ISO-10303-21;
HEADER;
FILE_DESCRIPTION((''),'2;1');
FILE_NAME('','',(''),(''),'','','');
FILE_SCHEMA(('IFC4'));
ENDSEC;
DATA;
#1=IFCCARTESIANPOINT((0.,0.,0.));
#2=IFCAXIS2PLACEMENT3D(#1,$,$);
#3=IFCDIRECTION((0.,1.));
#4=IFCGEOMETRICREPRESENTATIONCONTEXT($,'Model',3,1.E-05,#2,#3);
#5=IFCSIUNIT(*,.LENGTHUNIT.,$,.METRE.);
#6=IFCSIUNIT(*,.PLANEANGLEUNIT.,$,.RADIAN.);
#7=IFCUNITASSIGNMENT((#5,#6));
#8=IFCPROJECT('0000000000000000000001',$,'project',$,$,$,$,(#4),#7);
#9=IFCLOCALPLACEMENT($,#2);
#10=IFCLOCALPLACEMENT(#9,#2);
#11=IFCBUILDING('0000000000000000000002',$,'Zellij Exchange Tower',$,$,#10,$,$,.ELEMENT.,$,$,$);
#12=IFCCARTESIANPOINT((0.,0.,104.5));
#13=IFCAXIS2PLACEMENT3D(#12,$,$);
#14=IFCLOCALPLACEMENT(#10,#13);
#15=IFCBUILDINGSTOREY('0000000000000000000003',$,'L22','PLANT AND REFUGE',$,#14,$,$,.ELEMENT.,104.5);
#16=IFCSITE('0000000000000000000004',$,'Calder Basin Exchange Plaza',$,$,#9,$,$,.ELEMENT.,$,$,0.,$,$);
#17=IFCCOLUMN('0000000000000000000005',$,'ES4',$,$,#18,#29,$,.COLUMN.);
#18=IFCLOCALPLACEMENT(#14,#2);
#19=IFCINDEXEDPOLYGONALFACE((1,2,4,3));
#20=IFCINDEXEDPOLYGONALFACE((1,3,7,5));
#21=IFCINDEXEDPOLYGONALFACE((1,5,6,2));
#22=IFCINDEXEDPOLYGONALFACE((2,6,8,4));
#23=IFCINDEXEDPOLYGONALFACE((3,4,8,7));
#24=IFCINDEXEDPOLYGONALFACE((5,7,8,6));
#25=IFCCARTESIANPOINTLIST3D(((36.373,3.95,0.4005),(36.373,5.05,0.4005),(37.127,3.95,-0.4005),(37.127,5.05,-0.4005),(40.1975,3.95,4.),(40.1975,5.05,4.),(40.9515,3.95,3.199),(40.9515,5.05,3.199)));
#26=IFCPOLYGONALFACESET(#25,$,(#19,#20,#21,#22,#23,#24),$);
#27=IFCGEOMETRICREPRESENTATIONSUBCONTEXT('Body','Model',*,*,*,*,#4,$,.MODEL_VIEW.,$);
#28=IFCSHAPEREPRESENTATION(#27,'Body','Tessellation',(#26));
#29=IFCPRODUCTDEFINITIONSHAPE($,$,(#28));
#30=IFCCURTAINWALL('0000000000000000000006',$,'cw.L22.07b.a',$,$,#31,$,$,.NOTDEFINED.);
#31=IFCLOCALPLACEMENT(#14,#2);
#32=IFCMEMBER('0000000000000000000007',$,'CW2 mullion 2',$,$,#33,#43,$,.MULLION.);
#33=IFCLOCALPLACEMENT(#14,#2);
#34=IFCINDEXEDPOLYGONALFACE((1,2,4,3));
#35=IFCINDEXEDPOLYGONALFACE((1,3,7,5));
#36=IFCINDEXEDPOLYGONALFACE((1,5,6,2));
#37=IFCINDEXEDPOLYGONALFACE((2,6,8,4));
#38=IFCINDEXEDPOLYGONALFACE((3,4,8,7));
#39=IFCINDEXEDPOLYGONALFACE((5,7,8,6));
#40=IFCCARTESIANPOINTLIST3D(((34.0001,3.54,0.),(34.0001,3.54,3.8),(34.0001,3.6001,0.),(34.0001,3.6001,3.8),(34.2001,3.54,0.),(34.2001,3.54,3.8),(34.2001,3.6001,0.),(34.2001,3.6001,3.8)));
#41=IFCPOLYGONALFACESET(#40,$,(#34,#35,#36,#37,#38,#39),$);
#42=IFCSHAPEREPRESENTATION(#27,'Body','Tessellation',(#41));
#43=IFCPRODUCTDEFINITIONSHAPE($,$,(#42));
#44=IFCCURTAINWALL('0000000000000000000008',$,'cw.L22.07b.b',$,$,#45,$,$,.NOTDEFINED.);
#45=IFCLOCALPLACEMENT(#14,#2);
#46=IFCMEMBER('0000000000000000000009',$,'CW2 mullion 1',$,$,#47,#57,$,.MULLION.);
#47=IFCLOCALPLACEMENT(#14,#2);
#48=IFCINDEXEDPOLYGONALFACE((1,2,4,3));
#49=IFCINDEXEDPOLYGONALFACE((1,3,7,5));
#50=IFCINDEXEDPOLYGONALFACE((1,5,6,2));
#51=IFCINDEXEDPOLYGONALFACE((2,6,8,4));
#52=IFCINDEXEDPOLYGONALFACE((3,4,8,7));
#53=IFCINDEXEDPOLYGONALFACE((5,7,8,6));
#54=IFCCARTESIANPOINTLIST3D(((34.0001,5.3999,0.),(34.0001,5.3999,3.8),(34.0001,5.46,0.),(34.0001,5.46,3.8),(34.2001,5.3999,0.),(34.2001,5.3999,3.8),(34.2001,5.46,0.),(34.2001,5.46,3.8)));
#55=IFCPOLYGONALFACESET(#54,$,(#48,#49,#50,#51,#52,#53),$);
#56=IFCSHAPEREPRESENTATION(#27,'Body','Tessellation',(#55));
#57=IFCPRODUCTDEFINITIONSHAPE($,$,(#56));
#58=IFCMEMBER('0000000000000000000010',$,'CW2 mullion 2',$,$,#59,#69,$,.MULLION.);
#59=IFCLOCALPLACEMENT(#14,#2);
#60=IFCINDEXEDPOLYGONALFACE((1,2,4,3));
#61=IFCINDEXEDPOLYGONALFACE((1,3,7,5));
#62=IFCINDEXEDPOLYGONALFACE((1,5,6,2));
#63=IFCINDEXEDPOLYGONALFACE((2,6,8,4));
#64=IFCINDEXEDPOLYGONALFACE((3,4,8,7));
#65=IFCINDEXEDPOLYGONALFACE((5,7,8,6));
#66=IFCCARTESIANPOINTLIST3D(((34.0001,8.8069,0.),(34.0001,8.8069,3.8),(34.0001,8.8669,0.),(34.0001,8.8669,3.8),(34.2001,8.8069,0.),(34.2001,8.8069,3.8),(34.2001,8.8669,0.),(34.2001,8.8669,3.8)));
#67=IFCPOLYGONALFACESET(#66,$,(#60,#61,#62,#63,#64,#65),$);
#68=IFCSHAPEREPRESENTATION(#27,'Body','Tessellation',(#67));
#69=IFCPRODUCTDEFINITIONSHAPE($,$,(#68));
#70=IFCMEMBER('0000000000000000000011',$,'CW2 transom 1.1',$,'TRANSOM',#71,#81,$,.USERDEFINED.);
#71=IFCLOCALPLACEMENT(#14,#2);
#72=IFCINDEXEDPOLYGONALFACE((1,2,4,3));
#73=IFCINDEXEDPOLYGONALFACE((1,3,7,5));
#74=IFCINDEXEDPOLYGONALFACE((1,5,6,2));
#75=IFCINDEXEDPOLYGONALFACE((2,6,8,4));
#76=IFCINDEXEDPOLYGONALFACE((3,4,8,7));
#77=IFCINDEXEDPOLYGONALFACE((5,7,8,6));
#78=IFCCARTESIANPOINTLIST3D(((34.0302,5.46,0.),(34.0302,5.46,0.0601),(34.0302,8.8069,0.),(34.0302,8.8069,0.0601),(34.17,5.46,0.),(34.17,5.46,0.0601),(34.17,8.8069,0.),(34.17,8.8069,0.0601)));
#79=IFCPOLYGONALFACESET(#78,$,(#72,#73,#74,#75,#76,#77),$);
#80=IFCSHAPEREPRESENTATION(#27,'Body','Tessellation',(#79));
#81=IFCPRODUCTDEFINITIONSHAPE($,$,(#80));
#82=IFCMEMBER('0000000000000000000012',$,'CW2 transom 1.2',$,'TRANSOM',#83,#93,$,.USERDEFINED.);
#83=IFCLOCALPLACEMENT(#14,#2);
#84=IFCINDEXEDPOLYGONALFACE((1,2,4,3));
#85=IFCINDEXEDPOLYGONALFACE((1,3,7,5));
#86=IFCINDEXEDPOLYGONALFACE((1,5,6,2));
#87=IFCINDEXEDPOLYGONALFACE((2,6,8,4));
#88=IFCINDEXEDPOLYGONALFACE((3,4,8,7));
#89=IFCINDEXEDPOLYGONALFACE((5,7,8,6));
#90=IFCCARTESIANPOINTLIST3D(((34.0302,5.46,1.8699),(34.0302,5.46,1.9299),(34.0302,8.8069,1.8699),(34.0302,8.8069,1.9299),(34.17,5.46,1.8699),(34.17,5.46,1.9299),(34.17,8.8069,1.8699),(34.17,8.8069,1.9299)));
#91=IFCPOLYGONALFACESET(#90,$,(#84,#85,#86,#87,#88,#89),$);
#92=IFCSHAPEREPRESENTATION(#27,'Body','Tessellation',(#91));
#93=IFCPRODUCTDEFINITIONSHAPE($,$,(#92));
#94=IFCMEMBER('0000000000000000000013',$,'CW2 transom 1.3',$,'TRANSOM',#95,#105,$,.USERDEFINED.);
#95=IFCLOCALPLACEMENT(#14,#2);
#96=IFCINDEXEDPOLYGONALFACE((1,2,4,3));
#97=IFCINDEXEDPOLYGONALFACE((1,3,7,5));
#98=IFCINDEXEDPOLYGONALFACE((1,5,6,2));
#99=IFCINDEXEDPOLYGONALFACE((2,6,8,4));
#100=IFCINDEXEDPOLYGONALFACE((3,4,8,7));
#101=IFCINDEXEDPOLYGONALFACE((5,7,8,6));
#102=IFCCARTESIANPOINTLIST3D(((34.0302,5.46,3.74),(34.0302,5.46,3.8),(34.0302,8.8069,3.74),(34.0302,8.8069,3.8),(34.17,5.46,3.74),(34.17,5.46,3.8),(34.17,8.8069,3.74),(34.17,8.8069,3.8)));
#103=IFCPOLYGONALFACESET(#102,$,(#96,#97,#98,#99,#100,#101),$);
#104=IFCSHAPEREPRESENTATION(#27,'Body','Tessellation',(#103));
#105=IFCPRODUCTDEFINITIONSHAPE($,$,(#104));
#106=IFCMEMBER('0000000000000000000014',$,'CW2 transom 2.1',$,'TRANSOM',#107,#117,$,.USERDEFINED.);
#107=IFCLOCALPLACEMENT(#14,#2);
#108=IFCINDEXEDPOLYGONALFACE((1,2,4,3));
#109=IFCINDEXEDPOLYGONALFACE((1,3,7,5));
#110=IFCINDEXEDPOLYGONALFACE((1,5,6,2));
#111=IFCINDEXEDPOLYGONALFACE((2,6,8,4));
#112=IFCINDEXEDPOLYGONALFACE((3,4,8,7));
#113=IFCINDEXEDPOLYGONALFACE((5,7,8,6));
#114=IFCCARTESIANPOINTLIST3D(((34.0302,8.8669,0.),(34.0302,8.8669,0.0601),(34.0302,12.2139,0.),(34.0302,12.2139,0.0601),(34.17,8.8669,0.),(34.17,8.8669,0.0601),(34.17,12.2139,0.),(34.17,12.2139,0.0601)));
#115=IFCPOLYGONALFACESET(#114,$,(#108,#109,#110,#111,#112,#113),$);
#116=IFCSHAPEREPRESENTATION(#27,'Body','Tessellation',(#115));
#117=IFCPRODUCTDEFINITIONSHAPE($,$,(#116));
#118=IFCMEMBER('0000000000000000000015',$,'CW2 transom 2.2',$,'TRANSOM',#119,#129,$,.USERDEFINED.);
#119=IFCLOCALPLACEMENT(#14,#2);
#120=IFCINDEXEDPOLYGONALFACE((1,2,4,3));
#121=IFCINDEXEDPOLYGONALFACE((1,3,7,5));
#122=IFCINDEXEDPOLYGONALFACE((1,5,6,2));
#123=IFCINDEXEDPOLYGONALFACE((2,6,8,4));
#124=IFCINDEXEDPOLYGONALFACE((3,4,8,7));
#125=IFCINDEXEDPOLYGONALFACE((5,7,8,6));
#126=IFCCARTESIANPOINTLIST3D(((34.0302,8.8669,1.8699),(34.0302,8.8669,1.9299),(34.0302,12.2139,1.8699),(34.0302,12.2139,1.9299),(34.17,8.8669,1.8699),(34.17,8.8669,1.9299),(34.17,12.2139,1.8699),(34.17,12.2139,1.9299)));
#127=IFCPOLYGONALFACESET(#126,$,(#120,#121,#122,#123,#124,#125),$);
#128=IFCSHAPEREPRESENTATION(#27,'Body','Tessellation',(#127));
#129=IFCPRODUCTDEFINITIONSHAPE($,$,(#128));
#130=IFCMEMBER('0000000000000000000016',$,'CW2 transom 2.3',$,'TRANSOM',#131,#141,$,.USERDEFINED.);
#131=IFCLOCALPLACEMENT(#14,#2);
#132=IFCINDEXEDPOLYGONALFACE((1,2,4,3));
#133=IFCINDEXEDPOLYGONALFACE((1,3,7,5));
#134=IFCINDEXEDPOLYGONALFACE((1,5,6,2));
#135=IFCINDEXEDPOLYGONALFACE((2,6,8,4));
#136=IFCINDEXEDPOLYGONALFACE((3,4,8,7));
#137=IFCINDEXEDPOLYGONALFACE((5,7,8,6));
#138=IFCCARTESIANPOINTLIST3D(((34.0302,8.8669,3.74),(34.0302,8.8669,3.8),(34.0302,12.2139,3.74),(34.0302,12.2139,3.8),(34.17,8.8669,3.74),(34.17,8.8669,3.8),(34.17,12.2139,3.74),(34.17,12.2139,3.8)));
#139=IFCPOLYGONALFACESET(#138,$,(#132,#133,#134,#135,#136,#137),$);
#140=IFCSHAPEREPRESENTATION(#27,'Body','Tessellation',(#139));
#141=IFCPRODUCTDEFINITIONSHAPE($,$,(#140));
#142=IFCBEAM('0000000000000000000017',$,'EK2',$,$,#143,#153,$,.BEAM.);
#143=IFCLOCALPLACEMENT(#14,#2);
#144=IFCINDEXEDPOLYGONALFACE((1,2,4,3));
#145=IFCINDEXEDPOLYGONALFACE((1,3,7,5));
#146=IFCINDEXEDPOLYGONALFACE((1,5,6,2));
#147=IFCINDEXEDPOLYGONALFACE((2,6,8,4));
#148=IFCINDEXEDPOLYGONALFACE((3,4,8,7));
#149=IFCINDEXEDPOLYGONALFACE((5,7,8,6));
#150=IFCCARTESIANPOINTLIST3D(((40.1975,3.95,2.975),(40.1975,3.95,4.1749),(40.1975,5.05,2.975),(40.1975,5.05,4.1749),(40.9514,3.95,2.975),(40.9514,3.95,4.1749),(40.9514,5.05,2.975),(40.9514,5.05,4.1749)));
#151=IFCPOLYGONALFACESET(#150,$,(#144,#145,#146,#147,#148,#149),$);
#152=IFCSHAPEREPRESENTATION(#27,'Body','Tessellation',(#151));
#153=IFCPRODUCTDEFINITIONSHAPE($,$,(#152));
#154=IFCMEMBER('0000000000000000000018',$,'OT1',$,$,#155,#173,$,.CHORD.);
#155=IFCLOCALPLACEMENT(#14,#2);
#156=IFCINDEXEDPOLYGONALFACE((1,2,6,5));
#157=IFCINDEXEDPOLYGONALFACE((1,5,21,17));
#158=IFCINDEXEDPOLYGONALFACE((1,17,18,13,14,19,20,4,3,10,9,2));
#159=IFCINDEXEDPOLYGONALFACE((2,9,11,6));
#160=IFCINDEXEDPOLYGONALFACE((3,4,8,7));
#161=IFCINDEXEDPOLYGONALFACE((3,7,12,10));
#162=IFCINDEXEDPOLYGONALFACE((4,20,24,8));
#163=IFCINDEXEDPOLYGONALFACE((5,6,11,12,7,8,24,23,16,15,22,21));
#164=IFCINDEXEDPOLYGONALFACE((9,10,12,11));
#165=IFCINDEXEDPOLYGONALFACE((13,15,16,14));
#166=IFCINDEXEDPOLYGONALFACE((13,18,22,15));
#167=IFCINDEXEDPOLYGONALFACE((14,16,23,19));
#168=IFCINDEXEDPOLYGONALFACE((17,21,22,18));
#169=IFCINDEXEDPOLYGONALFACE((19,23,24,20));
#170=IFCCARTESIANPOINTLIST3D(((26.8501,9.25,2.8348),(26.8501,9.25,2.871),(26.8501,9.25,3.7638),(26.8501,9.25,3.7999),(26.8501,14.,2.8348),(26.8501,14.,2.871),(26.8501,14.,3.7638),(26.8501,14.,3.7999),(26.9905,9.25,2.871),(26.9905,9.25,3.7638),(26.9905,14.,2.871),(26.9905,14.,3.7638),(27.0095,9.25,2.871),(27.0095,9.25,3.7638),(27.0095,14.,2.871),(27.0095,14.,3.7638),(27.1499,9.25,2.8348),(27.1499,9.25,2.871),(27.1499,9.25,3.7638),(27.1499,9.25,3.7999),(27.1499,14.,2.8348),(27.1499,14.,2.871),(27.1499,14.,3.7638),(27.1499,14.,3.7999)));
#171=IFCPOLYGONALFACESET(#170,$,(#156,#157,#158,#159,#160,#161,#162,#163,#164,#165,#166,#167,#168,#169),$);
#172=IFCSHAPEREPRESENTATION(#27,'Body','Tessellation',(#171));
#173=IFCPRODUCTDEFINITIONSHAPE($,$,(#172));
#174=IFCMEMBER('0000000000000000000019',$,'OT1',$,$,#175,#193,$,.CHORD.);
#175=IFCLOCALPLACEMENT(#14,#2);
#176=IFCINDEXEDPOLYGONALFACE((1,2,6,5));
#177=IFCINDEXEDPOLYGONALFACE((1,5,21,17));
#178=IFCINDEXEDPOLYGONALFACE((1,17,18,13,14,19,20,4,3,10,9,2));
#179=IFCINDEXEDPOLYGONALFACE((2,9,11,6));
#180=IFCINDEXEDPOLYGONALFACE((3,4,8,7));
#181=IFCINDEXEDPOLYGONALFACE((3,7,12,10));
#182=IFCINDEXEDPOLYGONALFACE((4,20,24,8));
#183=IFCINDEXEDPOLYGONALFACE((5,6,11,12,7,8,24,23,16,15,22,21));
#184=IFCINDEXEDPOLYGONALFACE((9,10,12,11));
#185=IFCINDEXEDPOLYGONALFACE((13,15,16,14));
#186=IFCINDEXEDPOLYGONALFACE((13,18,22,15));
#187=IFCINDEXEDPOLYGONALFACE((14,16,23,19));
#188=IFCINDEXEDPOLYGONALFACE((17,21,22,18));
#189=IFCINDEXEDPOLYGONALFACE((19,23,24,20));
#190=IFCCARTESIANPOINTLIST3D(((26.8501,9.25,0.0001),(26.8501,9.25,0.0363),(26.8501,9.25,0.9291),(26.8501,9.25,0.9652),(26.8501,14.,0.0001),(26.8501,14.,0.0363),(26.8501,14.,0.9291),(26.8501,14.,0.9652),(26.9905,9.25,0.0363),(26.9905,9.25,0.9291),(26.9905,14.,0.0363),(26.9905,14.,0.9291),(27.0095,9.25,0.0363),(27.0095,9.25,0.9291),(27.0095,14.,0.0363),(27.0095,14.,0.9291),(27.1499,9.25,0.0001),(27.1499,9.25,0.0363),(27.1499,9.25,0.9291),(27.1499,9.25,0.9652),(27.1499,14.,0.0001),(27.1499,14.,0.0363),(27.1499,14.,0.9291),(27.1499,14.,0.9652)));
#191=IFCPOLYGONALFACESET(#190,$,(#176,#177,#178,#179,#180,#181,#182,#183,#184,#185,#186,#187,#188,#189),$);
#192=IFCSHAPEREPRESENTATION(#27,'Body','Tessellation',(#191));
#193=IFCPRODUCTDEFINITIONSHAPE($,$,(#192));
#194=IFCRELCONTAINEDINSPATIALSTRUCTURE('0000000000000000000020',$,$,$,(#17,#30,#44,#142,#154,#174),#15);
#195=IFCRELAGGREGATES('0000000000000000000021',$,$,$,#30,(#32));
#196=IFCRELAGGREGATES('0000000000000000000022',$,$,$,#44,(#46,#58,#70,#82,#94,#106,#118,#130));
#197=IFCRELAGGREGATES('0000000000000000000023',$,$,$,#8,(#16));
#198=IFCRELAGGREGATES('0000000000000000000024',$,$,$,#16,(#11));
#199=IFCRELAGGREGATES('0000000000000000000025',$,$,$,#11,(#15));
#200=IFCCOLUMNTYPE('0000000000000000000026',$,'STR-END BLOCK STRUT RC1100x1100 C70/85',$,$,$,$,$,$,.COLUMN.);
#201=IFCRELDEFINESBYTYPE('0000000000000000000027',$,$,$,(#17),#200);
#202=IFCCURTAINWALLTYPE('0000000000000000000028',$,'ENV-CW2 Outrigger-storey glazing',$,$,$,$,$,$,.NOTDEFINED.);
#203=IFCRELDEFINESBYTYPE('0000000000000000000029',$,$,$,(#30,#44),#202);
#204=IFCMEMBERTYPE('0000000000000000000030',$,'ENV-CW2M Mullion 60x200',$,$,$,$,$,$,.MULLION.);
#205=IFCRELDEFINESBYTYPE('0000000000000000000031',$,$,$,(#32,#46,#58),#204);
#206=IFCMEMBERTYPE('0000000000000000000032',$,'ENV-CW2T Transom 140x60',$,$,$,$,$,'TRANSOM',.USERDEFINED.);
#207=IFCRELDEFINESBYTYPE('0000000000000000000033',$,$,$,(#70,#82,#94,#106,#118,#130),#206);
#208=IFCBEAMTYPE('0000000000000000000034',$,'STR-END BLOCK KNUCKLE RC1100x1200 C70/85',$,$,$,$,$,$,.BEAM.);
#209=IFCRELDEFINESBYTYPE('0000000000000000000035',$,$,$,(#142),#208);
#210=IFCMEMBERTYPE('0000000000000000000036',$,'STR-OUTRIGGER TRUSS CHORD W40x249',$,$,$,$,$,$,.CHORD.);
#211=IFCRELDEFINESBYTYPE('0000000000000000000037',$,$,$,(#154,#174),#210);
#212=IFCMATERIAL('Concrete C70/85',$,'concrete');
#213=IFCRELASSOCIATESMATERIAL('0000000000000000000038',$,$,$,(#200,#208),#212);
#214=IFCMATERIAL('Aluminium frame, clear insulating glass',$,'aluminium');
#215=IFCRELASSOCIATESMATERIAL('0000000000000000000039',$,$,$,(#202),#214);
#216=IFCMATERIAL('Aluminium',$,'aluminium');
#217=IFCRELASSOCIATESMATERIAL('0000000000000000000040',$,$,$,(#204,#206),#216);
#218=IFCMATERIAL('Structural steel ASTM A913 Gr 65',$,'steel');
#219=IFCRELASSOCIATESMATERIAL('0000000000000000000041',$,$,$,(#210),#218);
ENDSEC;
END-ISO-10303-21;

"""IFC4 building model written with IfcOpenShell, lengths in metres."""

from ifc_helpers import new_model, si_unit, direction, frame, origin, origin_2d, place, context, subcontext, project, spatial, rectangle, i_section, extrude, clip, halfspace, material, material_profile, profile_set, type_object, element, aggregate, save


model = new_model("IFC4")

# Units and contexts
model_context = context("Model", 3, precision=1e-05, world=origin(), true_north=direction((0.0, 1.0)))
body_context = subcontext(model_context, "Body", "Model", "MODEL_VIEW")
ifc_project = project(units=[si_unit("LENGTHUNIT", "METRE"), si_unit("PLANEANGLEUNIT", "RADIAN")], contexts=[model_context])

# Site, building, storey
site_placement = place(None, origin())
site = spatial("IfcSite", under=ifc_project, at=site_placement, Name="Calder Basin Exchange Plaza", CompositionType="ELEMENT", RefElevation=0.0)
building_placement = place(site_placement, origin())
building = spatial("IfcBuilding", under=site, at=building_placement, Name="Zellij Exchange Tower", CompositionType="ELEMENT")
storey_placement = place(building_placement, frame((0.0, 0.0, 104.5)))
storey = spatial("IfcBuildingStorey", under=building, at=storey_placement, Name="L22", Description="PLANT AND REFUGE", CompositionType="ELEMENT", Elevation=104.5)

# Column
ifc_material_1 = material(Name="Concrete C70/85", Category="concrete")
ifc_material_profile_1 = material_profile(ifc_material_1, rectangle(XDim=1.1001, YDim=1.1001, at=origin_2d()), Name="STR-END BLOCK STRUT RC1100x1100 C70/85")
ifc_profile_set_1 = profile_set([ifc_material_profile_1], Name="Concrete C70/85")
column_type = type_object("IfcColumnType", Name="STR-END BLOCK STRUT RC1100x1100 C70/85", PredefinedType="COLUMN", material=ifc_profile_set_1)
column_placement = place(storey_placement, frame((36.75, 4.5, 0.0), z_axis=(0.7282, 0.0, 0.685365), x_axis=(0.0, 1.0, 0.0)))
element("IfcColumn", 1, at=column_placement, inside=storey, type_object=column_type, Name="ES4", PredefinedType="COLUMN", context=body_context, shape_type="Clipping", body=[
    clip(extrude(rectangle(XDim=1.1001, YDim=1.1001, at=origin_2d()), origin(), (0.0, 0.0, 1.0), 5.8364), halfspace(frame((0.0, 0.0, 5.252)), False)),
])

# Curtain wall, member
ifc_material_2 = material(Name="Aluminium frame, clear insulating glass", Category="aluminium")
curtain_wall_type = type_object("IfcCurtainWallType", Name="ENV-CW2 Outrigger-storey glazing", PredefinedType="NOTDEFINED", material=ifc_material_2)
curtain_wall_1_placement = place(storey_placement, origin())
curtain_wall_1 = element("IfcCurtainWall", 2, at=curtain_wall_1_placement, inside=storey, type_object=curtain_wall_type, Name="cw.L22.07b.a", PredefinedType="NOTDEFINED")
ifc_material_3 = material(Name="Aluminium", Category="aluminium")
ifc_material_profile_2 = material_profile(ifc_material_3, rectangle(XDim=0.0601, YDim=0.2, at=origin_2d()), Name="AL 60x200")
ifc_profile_set_2 = profile_set([ifc_material_profile_2], Name="Aluminium")
member_type_1 = type_object("IfcMemberType", Name="ENV-CW2M Mullion 60x200", PredefinedType="MULLION", material=ifc_profile_set_2)
member_1_placement = place(storey_placement, frame((34.1001, 3.5701, 0.0), z_axis=(0.0, 0.0, 1.0), x_axis=(0.0, 1.0, 0.0)))
member_1 = element("IfcMember", 3, at=member_1_placement, type_object=member_type_1, Name="CW2 mullion 2", PredefinedType="MULLION", context=body_context, shape_type="SweptSolid", body=[
    extrude(rectangle(XDim=0.0601, YDim=0.2, at=origin_2d()), origin(), (0.0, 0.0, 1.0), 3.8),
])

# Curtain wall, members
curtain_wall_2_placement = place(storey_placement, origin())
curtain_wall_2 = element("IfcCurtainWall", 4, at=curtain_wall_2_placement, inside=storey, type_object=curtain_wall_type, Name="cw.L22.07b.b", PredefinedType="NOTDEFINED")
member_2_placement = place(storey_placement, frame((34.1001, 5.4299, 0.0), z_axis=(0.0, 0.0, 1.0), x_axis=(0.0, 1.0, 0.0)))
member_2 = element("IfcMember", 5, at=member_2_placement, type_object=member_type_1, Name="CW2 mullion 1", PredefinedType="MULLION", context=body_context, shape_type="SweptSolid", body=[
    extrude(rectangle(XDim=0.0601, YDim=0.2, at=origin_2d()), origin(), (0.0, 0.0, 1.0), 3.8),
])
member_3_placement = place(storey_placement, frame((34.1001, 8.8369, 0.0), z_axis=(0.0, 0.0, 1.0), x_axis=(0.0, 1.0, 0.0)))
member_3 = element("IfcMember", 6, at=member_3_placement, type_object=member_type_1, Name="CW2 mullion 2", PredefinedType="MULLION", context=body_context, shape_type="SweptSolid", body=[
    extrude(rectangle(XDim=0.0601, YDim=0.2, at=origin_2d()), origin(), (0.0, 0.0, 1.0), 3.8),
])
ifc_material_profile_3 = material_profile(ifc_material_3, rectangle(XDim=0.1399, YDim=0.0601, at=origin_2d()), Name="AL 140x60")
ifc_profile_set_3 = profile_set([ifc_material_profile_3], Name="Aluminium")
member_type_2 = type_object("IfcMemberType", Name="ENV-CW2T Transom 140x60", ElementType="TRANSOM", PredefinedType="USERDEFINED", material=ifc_profile_set_3)
member_4_placement = place(storey_placement, frame((34.1001, 5.46, 0.03), z_axis=(0.0, 1.0, 0.0), x_axis=(-1.0, 0.0, 0.0)))
member_4 = element("IfcMember", 7, at=member_4_placement, type_object=member_type_2, Name="CW2 transom 1.1", ObjectType="TRANSOM", PredefinedType="USERDEFINED", context=body_context, shape_type="SweptSolid", body=[
    extrude(rectangle(XDim=0.1399, YDim=0.0601, at=origin_2d()), origin(), (0.0, 0.0, 1.0), 3.3469),
])
member_5_placement = place(storey_placement, frame((34.1001, 5.46, 1.8999), z_axis=(0.0, 1.0, 0.0), x_axis=(-1.0, 0.0, 0.0)))
member_5 = element("IfcMember", 8, at=member_5_placement, type_object=member_type_2, Name="CW2 transom 1.2", ObjectType="TRANSOM", PredefinedType="USERDEFINED", context=body_context, shape_type="SweptSolid", body=[
    extrude(rectangle(XDim=0.1399, YDim=0.0601, at=origin_2d()), origin(), (0.0, 0.0, 1.0), 3.3469),
])
member_6_placement = place(storey_placement, frame((34.1001, 5.46, 3.77), z_axis=(0.0, 1.0, 0.0), x_axis=(-1.0, 0.0, 0.0)))
member_6 = element("IfcMember", 9, at=member_6_placement, type_object=member_type_2, Name="CW2 transom 1.3", ObjectType="TRANSOM", PredefinedType="USERDEFINED", context=body_context, shape_type="SweptSolid", body=[
    extrude(rectangle(XDim=0.1399, YDim=0.0601, at=origin_2d()), origin(), (0.0, 0.0, 1.0), 3.3469),
])
member_7_placement = place(storey_placement, frame((34.1001, 8.8669, 0.03), z_axis=(0.0, 1.0, 0.0), x_axis=(-1.0, 0.0, 0.0)))
member_7 = element("IfcMember", 10, at=member_7_placement, type_object=member_type_2, Name="CW2 transom 2.1", ObjectType="TRANSOM", PredefinedType="USERDEFINED", context=body_context, shape_type="SweptSolid", body=[
    extrude(rectangle(XDim=0.1399, YDim=0.0601, at=origin_2d()), origin(), (0.0, 0.0, 1.0), 3.3469),
])
member_8_placement = place(storey_placement, frame((34.1001, 8.8669, 1.8999), z_axis=(0.0, 1.0, 0.0), x_axis=(-1.0, 0.0, 0.0)))
member_8 = element("IfcMember", 11, at=member_8_placement, type_object=member_type_2, Name="CW2 transom 2.2", ObjectType="TRANSOM", PredefinedType="USERDEFINED", context=body_context, shape_type="SweptSolid", body=[
    extrude(rectangle(XDim=0.1399, YDim=0.0601, at=origin_2d()), origin(), (0.0, 0.0, 1.0), 3.3469),
])
member_9_placement = place(storey_placement, frame((34.1001, 8.8669, 3.77), z_axis=(0.0, 1.0, 0.0), x_axis=(-1.0, 0.0, 0.0)))
member_9 = element("IfcMember", 12, at=member_9_placement, type_object=member_type_2, Name="CW2 transom 2.3", ObjectType="TRANSOM", PredefinedType="USERDEFINED", context=body_context, shape_type="SweptSolid", body=[
    extrude(rectangle(XDim=0.1399, YDim=0.0601, at=origin_2d()), origin(), (0.0, 0.0, 1.0), 3.3469),
])

# Beam
ifc_material_profile_4 = material_profile(ifc_material_1, rectangle(XDim=1.1001, YDim=1.2, at=origin_2d()), Name="STR-END BLOCK KNUCKLE RC1100x1200 C70/85")
ifc_profile_set_4 = profile_set([ifc_material_profile_4], Name="Concrete C70/85")
beam_type = type_object("IfcBeamType", Name="STR-END BLOCK KNUCKLE RC1100x1200 C70/85", PredefinedType="BEAM", material=ifc_profile_set_4)
beam_placement = place(storey_placement, frame((40.1975, 4.5, 3.575), z_axis=(1.0, 0.0, 0.0), x_axis=(0.0, 1.0, 0.0)))
element("IfcBeam", 13, at=beam_placement, inside=storey, type_object=beam_type, Name="EK2", PredefinedType="BEAM", context=body_context, shape_type="SweptSolid", body=[
    extrude(rectangle(XDim=1.1001, YDim=1.2, at=origin_2d()), origin(), (0.0, 0.0, 1.0), 0.7539),
])

# Members
ifc_material_4 = material(Name="Structural steel ASTM A913 Gr 65", Category="steel")
ifc_material_profile_5 = material_profile(ifc_material_4, i_section(OverallWidth=0.2998, OverallDepth=0.9651, WebThickness=0.019, FlangeThickness=0.0361, at=origin_2d()), Name="W40x249")
ifc_profile_set_5 = profile_set([ifc_material_profile_5], Name="Structural steel ASTM A913 Gr 65")
member_type_3 = type_object("IfcMemberType", Name="STR-OUTRIGGER TRUSS CHORD W40x249", PredefinedType="CHORD", material=ifc_profile_set_5)
for number, where, z_axis, x_axis, name in (
    (14, (27.0, 9.25, 3.3174), (0.0, 1.0, 0.0), (-1.0, 0.0, 0.0), "OT1"),
    (15, (27.0, 9.25, 0.4827), (0.0, 1.0, 0.0), (-1.0, 0.0, 0.0), "OT1"),
):
    element("IfcMember", number, at=place(storey_placement, frame(where, z_axis=z_axis, x_axis=x_axis)), inside=storey, type_object=member_type_3, Name=name, PredefinedType="CHORD", context=body_context, shape_type="SweptSolid", body=[
        extrude(i_section(OverallWidth=0.2998, OverallDepth=0.9651, WebThickness=0.019, FlangeThickness=0.0361, at=origin_2d()), origin(), (0.0, 0.0, 1.0), 4.75),
    ])

aggregate(curtain_wall_1, [member_1])
aggregate(curtain_wall_2, [member_2, member_3, member_4, member_5, member_6, member_7, member_8, member_9])

save(model, "model.ifc")
